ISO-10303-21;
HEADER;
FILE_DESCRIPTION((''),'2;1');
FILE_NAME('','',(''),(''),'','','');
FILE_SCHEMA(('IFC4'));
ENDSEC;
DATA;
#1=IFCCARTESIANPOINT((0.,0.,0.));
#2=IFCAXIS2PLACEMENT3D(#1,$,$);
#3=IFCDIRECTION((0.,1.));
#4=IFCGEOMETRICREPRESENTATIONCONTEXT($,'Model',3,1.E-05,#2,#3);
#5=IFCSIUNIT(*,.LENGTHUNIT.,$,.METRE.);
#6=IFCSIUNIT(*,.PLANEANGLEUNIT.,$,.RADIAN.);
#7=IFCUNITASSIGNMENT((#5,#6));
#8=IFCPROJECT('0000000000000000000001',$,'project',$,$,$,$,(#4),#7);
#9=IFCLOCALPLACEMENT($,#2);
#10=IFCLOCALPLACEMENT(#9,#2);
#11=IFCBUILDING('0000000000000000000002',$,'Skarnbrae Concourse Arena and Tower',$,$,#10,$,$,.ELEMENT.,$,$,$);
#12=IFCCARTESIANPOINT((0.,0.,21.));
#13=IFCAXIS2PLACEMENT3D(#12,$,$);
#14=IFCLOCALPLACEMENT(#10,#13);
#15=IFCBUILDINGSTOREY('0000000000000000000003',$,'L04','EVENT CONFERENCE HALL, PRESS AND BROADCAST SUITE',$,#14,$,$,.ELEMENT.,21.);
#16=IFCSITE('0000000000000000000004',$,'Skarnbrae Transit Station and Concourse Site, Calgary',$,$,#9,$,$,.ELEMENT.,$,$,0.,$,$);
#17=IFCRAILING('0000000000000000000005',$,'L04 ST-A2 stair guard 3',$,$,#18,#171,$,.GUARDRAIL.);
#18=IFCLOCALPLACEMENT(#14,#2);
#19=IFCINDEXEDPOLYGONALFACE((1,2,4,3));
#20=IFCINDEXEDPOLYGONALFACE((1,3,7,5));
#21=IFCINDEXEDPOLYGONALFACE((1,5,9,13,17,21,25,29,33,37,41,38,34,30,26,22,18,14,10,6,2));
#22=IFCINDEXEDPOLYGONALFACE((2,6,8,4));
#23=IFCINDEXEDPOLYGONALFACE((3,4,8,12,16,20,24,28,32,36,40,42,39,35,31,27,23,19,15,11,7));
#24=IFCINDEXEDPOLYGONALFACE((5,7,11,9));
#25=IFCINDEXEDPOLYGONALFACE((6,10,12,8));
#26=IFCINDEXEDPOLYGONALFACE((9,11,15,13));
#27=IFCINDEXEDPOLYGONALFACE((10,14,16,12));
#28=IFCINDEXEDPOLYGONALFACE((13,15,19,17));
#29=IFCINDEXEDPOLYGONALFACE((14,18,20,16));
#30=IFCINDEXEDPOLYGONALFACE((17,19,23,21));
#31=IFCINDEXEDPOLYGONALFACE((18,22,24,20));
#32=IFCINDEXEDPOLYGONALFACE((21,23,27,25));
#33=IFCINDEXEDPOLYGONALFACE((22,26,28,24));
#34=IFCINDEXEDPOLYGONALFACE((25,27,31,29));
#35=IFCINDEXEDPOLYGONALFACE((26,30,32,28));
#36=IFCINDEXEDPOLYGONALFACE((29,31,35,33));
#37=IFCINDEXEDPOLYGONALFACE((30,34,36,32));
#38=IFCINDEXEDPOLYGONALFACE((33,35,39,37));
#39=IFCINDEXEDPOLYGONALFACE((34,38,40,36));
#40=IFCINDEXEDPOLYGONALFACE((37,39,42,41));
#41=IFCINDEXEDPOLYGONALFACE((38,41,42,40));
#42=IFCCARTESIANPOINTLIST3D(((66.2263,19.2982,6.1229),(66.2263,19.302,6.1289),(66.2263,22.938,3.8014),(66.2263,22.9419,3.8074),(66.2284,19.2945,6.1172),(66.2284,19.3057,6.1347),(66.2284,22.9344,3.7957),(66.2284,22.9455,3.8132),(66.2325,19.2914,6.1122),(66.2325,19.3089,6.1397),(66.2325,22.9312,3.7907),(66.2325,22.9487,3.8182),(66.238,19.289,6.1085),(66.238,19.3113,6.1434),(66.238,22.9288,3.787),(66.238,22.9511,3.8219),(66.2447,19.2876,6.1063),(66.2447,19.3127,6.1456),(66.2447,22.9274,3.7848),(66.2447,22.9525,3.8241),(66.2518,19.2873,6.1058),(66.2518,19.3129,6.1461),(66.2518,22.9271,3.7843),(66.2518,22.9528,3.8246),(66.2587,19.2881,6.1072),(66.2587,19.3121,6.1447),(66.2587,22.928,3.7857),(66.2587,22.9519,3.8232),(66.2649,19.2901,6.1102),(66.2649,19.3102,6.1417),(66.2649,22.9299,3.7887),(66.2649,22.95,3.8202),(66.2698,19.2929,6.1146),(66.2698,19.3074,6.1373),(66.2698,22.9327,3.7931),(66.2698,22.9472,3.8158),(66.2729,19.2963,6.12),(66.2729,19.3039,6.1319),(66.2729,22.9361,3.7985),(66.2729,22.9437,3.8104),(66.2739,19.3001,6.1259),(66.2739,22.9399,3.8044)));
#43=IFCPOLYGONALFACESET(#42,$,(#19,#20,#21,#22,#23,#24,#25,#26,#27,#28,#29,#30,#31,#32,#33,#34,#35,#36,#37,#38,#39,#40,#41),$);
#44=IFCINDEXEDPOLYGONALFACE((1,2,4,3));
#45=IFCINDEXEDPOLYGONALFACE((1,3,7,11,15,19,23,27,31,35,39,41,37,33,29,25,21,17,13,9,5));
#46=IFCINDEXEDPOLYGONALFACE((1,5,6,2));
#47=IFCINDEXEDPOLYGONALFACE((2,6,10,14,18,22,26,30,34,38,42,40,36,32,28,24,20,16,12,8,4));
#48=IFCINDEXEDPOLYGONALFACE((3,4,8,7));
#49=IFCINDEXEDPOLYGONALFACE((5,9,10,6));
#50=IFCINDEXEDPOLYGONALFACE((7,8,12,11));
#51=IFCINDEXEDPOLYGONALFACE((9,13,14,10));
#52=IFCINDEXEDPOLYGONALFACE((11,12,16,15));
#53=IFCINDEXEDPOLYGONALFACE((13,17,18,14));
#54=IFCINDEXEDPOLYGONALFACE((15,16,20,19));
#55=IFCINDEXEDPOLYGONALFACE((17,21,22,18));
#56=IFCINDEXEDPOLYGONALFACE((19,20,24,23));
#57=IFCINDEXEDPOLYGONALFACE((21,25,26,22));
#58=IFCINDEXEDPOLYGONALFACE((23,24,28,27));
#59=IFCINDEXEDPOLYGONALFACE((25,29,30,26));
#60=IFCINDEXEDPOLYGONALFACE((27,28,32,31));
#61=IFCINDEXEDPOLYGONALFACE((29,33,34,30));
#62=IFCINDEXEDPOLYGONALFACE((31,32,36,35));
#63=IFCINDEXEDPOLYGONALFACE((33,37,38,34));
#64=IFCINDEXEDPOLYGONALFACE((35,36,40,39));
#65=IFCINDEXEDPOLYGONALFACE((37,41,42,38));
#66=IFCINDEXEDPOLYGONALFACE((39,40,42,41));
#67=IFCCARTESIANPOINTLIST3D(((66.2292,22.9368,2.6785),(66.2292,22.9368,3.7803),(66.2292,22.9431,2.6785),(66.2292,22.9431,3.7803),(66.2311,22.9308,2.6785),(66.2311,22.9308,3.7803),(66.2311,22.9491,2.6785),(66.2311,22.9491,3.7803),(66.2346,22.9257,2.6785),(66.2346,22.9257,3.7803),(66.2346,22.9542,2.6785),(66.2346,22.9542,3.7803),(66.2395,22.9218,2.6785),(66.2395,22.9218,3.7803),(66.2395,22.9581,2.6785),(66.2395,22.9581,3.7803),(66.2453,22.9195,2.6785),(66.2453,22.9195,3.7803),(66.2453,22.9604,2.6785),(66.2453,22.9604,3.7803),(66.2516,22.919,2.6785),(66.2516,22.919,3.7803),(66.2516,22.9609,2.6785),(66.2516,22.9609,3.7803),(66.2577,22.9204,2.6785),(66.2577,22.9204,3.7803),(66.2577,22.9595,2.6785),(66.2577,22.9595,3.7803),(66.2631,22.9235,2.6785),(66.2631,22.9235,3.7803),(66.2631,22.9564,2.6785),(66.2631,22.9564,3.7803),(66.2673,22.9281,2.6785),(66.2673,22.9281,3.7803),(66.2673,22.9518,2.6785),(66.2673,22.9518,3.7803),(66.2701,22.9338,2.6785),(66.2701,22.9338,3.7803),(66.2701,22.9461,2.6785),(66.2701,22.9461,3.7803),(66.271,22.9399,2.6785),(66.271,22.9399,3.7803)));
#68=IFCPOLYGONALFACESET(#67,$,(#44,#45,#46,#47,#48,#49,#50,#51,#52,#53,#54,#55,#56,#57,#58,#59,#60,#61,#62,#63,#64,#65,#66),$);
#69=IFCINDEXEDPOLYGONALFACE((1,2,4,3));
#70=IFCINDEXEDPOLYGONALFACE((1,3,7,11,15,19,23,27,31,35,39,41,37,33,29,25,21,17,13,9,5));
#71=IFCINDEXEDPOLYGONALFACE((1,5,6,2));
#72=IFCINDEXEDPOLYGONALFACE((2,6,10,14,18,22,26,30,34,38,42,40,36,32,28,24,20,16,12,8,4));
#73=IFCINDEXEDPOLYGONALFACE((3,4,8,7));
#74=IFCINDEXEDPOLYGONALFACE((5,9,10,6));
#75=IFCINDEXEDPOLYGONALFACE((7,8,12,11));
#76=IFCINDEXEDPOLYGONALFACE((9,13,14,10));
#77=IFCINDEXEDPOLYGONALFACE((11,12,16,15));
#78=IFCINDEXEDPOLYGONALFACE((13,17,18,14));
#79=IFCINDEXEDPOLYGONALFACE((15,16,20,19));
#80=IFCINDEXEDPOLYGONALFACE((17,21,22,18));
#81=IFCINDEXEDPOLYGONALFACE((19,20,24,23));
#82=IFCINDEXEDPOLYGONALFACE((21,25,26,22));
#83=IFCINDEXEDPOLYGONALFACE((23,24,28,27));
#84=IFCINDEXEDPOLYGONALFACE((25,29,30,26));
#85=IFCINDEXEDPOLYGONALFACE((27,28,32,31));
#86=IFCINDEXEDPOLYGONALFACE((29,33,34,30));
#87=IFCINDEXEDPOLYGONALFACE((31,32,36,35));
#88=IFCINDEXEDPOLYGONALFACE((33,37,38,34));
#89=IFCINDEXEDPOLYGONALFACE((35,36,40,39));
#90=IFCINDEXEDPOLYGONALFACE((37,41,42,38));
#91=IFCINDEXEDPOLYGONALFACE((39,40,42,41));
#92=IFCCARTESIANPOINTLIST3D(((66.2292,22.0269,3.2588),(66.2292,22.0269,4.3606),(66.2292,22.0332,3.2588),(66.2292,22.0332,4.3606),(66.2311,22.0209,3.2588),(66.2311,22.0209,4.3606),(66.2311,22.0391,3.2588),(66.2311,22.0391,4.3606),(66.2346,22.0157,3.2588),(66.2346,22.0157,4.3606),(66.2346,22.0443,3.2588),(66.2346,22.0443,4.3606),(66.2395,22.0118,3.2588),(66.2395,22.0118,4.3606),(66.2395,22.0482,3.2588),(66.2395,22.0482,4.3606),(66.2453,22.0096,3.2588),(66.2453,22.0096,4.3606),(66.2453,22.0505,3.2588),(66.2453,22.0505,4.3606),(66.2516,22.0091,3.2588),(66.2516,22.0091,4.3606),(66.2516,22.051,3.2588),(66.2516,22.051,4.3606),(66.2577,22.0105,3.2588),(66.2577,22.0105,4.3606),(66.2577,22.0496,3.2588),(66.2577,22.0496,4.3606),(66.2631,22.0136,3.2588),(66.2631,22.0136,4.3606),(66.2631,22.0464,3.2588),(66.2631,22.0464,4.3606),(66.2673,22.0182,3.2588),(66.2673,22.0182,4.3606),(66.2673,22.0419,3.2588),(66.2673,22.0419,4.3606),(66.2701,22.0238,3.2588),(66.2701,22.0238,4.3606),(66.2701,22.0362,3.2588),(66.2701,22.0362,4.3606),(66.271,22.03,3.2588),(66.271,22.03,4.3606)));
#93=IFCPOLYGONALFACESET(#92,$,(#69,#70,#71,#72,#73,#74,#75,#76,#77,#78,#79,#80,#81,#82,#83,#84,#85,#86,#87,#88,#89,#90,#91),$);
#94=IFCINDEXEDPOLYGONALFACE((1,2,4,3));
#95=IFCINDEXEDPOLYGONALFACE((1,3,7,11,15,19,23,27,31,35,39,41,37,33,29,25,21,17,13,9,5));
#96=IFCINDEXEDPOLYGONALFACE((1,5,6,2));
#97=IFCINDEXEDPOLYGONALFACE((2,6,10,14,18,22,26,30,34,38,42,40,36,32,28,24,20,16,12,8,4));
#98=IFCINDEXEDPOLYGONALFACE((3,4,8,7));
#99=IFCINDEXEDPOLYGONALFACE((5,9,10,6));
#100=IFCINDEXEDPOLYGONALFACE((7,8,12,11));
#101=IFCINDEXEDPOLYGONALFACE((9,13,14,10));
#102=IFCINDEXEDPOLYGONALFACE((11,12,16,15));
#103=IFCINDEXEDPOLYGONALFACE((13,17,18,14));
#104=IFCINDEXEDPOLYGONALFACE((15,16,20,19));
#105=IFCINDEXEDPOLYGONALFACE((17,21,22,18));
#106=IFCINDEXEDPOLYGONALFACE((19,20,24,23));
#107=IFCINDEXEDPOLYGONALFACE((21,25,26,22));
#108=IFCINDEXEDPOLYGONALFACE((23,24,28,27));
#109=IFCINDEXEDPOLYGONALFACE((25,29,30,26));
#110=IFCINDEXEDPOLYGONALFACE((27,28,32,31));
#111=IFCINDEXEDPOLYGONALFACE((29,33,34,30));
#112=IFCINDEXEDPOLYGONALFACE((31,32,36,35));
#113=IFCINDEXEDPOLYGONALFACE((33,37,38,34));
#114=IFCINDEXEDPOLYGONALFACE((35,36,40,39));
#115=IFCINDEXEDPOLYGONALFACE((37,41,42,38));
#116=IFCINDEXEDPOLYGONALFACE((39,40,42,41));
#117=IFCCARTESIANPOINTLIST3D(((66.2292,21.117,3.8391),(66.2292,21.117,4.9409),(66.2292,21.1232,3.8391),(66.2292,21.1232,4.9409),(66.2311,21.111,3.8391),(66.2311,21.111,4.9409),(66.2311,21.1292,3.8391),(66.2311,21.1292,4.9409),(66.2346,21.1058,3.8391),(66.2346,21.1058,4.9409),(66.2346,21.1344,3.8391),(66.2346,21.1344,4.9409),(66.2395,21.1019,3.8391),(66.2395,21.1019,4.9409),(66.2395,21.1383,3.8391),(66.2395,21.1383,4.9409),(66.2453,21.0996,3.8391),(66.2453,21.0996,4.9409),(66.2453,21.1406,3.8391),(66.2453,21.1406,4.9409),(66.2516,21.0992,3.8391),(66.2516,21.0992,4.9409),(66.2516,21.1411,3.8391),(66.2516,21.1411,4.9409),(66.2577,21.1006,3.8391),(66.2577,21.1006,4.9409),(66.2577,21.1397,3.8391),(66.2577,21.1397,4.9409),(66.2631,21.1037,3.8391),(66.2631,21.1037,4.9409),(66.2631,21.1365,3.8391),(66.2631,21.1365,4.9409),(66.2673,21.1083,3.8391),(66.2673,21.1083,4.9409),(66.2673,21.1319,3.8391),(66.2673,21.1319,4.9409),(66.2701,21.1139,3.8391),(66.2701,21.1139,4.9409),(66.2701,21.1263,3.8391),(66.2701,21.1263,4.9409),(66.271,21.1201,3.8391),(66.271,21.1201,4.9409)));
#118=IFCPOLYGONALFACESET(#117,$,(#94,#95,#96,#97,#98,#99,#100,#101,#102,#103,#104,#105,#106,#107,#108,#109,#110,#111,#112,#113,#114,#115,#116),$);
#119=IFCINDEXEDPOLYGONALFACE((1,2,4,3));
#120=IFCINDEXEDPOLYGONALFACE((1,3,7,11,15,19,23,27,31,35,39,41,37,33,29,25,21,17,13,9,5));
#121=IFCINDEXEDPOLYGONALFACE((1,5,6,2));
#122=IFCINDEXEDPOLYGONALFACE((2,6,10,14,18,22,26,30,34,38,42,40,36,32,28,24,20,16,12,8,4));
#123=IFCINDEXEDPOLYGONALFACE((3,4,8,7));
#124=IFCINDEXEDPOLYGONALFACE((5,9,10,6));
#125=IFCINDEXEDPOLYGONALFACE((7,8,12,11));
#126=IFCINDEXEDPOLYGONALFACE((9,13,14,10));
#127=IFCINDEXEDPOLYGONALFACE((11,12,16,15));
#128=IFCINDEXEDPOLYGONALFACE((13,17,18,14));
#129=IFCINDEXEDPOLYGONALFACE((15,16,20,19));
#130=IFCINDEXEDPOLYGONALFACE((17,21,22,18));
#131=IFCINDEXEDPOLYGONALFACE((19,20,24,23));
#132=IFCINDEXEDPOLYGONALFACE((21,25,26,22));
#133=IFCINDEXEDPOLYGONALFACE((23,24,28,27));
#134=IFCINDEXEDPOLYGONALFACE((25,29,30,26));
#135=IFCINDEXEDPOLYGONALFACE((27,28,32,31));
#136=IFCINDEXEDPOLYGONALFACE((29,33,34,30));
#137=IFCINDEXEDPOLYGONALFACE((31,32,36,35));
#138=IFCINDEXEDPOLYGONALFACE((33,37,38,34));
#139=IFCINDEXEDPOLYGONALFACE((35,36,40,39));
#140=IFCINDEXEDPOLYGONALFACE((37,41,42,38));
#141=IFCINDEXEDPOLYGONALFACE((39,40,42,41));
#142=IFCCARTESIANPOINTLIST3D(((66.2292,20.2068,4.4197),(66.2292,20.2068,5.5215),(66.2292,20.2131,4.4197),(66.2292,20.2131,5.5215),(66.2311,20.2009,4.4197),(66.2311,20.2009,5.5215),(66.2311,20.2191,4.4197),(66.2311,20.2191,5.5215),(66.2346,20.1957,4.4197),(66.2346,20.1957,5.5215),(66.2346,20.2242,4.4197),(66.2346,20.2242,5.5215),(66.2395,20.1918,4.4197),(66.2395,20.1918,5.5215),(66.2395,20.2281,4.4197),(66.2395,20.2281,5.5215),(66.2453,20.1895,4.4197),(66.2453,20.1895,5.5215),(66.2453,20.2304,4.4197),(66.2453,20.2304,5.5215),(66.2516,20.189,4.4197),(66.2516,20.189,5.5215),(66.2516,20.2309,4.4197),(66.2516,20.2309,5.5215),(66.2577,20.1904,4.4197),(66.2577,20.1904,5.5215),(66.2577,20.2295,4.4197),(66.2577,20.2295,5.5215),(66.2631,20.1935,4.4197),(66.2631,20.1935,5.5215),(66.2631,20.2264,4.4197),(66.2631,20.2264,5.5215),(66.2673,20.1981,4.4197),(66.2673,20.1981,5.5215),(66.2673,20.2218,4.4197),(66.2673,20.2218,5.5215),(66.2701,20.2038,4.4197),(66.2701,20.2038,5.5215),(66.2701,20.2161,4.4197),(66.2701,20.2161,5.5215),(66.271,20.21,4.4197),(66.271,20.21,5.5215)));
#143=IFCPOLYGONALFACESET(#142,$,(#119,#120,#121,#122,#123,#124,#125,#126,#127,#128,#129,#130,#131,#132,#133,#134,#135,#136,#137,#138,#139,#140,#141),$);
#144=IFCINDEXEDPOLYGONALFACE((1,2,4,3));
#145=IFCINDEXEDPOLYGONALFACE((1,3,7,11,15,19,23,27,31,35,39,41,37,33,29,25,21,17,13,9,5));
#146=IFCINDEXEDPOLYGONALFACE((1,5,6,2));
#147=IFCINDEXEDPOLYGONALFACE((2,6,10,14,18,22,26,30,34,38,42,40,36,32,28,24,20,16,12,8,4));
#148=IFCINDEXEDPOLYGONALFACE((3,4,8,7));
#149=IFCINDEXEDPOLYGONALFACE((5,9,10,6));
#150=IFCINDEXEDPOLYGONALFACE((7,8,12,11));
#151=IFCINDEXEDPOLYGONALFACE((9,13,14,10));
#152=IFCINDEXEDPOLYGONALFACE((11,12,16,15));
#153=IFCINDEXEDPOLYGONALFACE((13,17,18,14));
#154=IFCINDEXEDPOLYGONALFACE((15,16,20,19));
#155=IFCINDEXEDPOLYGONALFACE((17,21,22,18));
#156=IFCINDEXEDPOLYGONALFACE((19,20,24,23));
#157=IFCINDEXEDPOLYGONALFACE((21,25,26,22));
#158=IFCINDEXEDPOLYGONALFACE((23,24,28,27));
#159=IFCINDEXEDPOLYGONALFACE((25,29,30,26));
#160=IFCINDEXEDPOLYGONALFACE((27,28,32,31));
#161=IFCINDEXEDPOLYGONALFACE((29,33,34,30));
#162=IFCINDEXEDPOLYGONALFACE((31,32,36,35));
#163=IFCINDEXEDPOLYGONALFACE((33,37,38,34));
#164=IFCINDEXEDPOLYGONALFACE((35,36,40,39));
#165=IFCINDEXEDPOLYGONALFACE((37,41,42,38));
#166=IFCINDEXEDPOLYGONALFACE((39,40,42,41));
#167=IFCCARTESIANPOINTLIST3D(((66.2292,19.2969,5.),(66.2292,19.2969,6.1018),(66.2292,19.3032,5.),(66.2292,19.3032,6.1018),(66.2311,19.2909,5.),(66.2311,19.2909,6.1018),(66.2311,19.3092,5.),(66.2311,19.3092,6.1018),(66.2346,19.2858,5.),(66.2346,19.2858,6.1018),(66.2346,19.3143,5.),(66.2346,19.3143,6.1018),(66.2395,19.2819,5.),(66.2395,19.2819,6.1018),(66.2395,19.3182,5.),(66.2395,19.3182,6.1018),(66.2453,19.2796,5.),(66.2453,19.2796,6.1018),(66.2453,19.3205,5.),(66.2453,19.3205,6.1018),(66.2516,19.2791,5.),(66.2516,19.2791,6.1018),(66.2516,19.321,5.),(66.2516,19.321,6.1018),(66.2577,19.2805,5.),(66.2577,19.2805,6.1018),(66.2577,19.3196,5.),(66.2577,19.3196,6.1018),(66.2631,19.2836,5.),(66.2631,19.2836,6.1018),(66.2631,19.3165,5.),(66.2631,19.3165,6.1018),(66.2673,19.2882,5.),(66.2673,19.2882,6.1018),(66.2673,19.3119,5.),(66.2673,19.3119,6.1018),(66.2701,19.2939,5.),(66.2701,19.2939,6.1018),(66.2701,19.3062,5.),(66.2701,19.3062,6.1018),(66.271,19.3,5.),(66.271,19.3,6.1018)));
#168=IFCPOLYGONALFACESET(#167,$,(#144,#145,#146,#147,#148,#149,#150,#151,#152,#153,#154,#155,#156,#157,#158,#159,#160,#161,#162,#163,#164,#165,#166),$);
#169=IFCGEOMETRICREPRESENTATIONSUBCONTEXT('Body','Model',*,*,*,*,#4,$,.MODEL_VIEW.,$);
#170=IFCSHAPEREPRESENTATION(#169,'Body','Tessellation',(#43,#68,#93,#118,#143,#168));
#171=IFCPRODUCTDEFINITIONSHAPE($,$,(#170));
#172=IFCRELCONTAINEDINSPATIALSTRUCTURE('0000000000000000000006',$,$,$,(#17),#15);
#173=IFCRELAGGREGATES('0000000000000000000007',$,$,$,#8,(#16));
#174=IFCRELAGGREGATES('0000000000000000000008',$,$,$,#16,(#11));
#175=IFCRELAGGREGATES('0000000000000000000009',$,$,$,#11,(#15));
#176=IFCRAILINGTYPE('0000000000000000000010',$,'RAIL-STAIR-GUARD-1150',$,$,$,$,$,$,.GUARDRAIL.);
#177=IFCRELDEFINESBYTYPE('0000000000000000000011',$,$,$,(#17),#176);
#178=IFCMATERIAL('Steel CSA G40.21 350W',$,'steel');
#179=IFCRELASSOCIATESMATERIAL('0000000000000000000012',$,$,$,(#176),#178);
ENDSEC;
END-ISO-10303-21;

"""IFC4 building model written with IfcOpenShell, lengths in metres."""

from ifc_helpers import new_model, si_unit, direction, frame, origin, origin_2d, place, context, subcontext, project, spatial, circle, extrude, material, type_object, element, save


model = new_model("IFC4")

# Units and contexts
model_context = context("Model", 3, precision=1e-05, world=origin(), true_north=direction((0.0, 1.0)))
body_context = subcontext(model_context, "Body", "Model", "MODEL_VIEW")
ifc_project = project(units=[si_unit("LENGTHUNIT", "METRE"), si_unit("PLANEANGLEUNIT", "RADIAN")], contexts=[model_context])

# Site, building, storey
site_placement = place(None, origin())
site = spatial("IfcSite", under=ifc_project, at=site_placement, Name="Skarnbrae Transit Station and Concourse Site, Calgary", CompositionType="ELEMENT", RefElevation=0.0)
building_placement = place(site_placement, origin())
building = spatial("IfcBuilding", under=site, at=building_placement, Name="Skarnbrae Concourse Arena and Tower", CompositionType="ELEMENT")
storey_placement = place(building_placement, frame((0.0, 0.0, 21.0)))
storey = spatial("IfcBuildingStorey", under=building, at=storey_placement, Name="L04", Description="EVENT CONFERENCE HALL, PRESS AND BROADCAST SUITE", CompositionType="ELEMENT", Elevation=21.0)

# Shared definitions
ifc_material_1 = material(Name="Steel CSA G40.21 350W", Category="steel")

# Railing
railing_type_1 = type_object("IfcRailingType", Name="RAIL-STAIR-GUARD-1150", PredefinedType="GUARDRAIL", material=ifc_material_1)
railing_1_placement = place(storey_placement, frame((66.25, 22.9399, 2.6785)))
element("IfcRailing", 1, at=railing_1_placement, inside=storey, type_object=railing_type_1, Name="L04 ST-A2 stair guard 3", PredefinedType="GUARDRAIL", context=body_context, shape_type="SweptSolid", body=[
    extrude(circle(Radius=0.0239, at=origin_2d()), frame((0.0, 0.0, 1.126), z_axis=(0.0, -0.843112, 0.537739), x_axis=(1.0, 0.0, 0.0)), (0.0, 0.0, 1.0), 4.3171),
    extrude(circle(Radius=0.021, at=origin_2d()), origin(), (0.0, 0.0, 1.0), 1.1018),
    extrude(circle(Radius=0.021, at=origin_2d()), frame((0.0, -0.9099, 0.5803)), (0.0, 0.0, 1.0), 1.1018),
    extrude(circle(Radius=0.021, at=origin_2d()), frame((0.0, -1.8198, 1.1606)), (0.0, 0.0, 1.0), 1.1018),
    extrude(circle(Radius=0.021, at=origin_2d()), frame((0.0, -2.73, 1.7412)), (0.0, 0.0, 1.0), 1.1018),
    extrude(circle(Radius=0.021, at=origin_2d()), frame((0.0, -3.6399, 2.3215)), (0.0, 0.0, 1.0), 1.1018),
])

save(model, "model.ifc")
